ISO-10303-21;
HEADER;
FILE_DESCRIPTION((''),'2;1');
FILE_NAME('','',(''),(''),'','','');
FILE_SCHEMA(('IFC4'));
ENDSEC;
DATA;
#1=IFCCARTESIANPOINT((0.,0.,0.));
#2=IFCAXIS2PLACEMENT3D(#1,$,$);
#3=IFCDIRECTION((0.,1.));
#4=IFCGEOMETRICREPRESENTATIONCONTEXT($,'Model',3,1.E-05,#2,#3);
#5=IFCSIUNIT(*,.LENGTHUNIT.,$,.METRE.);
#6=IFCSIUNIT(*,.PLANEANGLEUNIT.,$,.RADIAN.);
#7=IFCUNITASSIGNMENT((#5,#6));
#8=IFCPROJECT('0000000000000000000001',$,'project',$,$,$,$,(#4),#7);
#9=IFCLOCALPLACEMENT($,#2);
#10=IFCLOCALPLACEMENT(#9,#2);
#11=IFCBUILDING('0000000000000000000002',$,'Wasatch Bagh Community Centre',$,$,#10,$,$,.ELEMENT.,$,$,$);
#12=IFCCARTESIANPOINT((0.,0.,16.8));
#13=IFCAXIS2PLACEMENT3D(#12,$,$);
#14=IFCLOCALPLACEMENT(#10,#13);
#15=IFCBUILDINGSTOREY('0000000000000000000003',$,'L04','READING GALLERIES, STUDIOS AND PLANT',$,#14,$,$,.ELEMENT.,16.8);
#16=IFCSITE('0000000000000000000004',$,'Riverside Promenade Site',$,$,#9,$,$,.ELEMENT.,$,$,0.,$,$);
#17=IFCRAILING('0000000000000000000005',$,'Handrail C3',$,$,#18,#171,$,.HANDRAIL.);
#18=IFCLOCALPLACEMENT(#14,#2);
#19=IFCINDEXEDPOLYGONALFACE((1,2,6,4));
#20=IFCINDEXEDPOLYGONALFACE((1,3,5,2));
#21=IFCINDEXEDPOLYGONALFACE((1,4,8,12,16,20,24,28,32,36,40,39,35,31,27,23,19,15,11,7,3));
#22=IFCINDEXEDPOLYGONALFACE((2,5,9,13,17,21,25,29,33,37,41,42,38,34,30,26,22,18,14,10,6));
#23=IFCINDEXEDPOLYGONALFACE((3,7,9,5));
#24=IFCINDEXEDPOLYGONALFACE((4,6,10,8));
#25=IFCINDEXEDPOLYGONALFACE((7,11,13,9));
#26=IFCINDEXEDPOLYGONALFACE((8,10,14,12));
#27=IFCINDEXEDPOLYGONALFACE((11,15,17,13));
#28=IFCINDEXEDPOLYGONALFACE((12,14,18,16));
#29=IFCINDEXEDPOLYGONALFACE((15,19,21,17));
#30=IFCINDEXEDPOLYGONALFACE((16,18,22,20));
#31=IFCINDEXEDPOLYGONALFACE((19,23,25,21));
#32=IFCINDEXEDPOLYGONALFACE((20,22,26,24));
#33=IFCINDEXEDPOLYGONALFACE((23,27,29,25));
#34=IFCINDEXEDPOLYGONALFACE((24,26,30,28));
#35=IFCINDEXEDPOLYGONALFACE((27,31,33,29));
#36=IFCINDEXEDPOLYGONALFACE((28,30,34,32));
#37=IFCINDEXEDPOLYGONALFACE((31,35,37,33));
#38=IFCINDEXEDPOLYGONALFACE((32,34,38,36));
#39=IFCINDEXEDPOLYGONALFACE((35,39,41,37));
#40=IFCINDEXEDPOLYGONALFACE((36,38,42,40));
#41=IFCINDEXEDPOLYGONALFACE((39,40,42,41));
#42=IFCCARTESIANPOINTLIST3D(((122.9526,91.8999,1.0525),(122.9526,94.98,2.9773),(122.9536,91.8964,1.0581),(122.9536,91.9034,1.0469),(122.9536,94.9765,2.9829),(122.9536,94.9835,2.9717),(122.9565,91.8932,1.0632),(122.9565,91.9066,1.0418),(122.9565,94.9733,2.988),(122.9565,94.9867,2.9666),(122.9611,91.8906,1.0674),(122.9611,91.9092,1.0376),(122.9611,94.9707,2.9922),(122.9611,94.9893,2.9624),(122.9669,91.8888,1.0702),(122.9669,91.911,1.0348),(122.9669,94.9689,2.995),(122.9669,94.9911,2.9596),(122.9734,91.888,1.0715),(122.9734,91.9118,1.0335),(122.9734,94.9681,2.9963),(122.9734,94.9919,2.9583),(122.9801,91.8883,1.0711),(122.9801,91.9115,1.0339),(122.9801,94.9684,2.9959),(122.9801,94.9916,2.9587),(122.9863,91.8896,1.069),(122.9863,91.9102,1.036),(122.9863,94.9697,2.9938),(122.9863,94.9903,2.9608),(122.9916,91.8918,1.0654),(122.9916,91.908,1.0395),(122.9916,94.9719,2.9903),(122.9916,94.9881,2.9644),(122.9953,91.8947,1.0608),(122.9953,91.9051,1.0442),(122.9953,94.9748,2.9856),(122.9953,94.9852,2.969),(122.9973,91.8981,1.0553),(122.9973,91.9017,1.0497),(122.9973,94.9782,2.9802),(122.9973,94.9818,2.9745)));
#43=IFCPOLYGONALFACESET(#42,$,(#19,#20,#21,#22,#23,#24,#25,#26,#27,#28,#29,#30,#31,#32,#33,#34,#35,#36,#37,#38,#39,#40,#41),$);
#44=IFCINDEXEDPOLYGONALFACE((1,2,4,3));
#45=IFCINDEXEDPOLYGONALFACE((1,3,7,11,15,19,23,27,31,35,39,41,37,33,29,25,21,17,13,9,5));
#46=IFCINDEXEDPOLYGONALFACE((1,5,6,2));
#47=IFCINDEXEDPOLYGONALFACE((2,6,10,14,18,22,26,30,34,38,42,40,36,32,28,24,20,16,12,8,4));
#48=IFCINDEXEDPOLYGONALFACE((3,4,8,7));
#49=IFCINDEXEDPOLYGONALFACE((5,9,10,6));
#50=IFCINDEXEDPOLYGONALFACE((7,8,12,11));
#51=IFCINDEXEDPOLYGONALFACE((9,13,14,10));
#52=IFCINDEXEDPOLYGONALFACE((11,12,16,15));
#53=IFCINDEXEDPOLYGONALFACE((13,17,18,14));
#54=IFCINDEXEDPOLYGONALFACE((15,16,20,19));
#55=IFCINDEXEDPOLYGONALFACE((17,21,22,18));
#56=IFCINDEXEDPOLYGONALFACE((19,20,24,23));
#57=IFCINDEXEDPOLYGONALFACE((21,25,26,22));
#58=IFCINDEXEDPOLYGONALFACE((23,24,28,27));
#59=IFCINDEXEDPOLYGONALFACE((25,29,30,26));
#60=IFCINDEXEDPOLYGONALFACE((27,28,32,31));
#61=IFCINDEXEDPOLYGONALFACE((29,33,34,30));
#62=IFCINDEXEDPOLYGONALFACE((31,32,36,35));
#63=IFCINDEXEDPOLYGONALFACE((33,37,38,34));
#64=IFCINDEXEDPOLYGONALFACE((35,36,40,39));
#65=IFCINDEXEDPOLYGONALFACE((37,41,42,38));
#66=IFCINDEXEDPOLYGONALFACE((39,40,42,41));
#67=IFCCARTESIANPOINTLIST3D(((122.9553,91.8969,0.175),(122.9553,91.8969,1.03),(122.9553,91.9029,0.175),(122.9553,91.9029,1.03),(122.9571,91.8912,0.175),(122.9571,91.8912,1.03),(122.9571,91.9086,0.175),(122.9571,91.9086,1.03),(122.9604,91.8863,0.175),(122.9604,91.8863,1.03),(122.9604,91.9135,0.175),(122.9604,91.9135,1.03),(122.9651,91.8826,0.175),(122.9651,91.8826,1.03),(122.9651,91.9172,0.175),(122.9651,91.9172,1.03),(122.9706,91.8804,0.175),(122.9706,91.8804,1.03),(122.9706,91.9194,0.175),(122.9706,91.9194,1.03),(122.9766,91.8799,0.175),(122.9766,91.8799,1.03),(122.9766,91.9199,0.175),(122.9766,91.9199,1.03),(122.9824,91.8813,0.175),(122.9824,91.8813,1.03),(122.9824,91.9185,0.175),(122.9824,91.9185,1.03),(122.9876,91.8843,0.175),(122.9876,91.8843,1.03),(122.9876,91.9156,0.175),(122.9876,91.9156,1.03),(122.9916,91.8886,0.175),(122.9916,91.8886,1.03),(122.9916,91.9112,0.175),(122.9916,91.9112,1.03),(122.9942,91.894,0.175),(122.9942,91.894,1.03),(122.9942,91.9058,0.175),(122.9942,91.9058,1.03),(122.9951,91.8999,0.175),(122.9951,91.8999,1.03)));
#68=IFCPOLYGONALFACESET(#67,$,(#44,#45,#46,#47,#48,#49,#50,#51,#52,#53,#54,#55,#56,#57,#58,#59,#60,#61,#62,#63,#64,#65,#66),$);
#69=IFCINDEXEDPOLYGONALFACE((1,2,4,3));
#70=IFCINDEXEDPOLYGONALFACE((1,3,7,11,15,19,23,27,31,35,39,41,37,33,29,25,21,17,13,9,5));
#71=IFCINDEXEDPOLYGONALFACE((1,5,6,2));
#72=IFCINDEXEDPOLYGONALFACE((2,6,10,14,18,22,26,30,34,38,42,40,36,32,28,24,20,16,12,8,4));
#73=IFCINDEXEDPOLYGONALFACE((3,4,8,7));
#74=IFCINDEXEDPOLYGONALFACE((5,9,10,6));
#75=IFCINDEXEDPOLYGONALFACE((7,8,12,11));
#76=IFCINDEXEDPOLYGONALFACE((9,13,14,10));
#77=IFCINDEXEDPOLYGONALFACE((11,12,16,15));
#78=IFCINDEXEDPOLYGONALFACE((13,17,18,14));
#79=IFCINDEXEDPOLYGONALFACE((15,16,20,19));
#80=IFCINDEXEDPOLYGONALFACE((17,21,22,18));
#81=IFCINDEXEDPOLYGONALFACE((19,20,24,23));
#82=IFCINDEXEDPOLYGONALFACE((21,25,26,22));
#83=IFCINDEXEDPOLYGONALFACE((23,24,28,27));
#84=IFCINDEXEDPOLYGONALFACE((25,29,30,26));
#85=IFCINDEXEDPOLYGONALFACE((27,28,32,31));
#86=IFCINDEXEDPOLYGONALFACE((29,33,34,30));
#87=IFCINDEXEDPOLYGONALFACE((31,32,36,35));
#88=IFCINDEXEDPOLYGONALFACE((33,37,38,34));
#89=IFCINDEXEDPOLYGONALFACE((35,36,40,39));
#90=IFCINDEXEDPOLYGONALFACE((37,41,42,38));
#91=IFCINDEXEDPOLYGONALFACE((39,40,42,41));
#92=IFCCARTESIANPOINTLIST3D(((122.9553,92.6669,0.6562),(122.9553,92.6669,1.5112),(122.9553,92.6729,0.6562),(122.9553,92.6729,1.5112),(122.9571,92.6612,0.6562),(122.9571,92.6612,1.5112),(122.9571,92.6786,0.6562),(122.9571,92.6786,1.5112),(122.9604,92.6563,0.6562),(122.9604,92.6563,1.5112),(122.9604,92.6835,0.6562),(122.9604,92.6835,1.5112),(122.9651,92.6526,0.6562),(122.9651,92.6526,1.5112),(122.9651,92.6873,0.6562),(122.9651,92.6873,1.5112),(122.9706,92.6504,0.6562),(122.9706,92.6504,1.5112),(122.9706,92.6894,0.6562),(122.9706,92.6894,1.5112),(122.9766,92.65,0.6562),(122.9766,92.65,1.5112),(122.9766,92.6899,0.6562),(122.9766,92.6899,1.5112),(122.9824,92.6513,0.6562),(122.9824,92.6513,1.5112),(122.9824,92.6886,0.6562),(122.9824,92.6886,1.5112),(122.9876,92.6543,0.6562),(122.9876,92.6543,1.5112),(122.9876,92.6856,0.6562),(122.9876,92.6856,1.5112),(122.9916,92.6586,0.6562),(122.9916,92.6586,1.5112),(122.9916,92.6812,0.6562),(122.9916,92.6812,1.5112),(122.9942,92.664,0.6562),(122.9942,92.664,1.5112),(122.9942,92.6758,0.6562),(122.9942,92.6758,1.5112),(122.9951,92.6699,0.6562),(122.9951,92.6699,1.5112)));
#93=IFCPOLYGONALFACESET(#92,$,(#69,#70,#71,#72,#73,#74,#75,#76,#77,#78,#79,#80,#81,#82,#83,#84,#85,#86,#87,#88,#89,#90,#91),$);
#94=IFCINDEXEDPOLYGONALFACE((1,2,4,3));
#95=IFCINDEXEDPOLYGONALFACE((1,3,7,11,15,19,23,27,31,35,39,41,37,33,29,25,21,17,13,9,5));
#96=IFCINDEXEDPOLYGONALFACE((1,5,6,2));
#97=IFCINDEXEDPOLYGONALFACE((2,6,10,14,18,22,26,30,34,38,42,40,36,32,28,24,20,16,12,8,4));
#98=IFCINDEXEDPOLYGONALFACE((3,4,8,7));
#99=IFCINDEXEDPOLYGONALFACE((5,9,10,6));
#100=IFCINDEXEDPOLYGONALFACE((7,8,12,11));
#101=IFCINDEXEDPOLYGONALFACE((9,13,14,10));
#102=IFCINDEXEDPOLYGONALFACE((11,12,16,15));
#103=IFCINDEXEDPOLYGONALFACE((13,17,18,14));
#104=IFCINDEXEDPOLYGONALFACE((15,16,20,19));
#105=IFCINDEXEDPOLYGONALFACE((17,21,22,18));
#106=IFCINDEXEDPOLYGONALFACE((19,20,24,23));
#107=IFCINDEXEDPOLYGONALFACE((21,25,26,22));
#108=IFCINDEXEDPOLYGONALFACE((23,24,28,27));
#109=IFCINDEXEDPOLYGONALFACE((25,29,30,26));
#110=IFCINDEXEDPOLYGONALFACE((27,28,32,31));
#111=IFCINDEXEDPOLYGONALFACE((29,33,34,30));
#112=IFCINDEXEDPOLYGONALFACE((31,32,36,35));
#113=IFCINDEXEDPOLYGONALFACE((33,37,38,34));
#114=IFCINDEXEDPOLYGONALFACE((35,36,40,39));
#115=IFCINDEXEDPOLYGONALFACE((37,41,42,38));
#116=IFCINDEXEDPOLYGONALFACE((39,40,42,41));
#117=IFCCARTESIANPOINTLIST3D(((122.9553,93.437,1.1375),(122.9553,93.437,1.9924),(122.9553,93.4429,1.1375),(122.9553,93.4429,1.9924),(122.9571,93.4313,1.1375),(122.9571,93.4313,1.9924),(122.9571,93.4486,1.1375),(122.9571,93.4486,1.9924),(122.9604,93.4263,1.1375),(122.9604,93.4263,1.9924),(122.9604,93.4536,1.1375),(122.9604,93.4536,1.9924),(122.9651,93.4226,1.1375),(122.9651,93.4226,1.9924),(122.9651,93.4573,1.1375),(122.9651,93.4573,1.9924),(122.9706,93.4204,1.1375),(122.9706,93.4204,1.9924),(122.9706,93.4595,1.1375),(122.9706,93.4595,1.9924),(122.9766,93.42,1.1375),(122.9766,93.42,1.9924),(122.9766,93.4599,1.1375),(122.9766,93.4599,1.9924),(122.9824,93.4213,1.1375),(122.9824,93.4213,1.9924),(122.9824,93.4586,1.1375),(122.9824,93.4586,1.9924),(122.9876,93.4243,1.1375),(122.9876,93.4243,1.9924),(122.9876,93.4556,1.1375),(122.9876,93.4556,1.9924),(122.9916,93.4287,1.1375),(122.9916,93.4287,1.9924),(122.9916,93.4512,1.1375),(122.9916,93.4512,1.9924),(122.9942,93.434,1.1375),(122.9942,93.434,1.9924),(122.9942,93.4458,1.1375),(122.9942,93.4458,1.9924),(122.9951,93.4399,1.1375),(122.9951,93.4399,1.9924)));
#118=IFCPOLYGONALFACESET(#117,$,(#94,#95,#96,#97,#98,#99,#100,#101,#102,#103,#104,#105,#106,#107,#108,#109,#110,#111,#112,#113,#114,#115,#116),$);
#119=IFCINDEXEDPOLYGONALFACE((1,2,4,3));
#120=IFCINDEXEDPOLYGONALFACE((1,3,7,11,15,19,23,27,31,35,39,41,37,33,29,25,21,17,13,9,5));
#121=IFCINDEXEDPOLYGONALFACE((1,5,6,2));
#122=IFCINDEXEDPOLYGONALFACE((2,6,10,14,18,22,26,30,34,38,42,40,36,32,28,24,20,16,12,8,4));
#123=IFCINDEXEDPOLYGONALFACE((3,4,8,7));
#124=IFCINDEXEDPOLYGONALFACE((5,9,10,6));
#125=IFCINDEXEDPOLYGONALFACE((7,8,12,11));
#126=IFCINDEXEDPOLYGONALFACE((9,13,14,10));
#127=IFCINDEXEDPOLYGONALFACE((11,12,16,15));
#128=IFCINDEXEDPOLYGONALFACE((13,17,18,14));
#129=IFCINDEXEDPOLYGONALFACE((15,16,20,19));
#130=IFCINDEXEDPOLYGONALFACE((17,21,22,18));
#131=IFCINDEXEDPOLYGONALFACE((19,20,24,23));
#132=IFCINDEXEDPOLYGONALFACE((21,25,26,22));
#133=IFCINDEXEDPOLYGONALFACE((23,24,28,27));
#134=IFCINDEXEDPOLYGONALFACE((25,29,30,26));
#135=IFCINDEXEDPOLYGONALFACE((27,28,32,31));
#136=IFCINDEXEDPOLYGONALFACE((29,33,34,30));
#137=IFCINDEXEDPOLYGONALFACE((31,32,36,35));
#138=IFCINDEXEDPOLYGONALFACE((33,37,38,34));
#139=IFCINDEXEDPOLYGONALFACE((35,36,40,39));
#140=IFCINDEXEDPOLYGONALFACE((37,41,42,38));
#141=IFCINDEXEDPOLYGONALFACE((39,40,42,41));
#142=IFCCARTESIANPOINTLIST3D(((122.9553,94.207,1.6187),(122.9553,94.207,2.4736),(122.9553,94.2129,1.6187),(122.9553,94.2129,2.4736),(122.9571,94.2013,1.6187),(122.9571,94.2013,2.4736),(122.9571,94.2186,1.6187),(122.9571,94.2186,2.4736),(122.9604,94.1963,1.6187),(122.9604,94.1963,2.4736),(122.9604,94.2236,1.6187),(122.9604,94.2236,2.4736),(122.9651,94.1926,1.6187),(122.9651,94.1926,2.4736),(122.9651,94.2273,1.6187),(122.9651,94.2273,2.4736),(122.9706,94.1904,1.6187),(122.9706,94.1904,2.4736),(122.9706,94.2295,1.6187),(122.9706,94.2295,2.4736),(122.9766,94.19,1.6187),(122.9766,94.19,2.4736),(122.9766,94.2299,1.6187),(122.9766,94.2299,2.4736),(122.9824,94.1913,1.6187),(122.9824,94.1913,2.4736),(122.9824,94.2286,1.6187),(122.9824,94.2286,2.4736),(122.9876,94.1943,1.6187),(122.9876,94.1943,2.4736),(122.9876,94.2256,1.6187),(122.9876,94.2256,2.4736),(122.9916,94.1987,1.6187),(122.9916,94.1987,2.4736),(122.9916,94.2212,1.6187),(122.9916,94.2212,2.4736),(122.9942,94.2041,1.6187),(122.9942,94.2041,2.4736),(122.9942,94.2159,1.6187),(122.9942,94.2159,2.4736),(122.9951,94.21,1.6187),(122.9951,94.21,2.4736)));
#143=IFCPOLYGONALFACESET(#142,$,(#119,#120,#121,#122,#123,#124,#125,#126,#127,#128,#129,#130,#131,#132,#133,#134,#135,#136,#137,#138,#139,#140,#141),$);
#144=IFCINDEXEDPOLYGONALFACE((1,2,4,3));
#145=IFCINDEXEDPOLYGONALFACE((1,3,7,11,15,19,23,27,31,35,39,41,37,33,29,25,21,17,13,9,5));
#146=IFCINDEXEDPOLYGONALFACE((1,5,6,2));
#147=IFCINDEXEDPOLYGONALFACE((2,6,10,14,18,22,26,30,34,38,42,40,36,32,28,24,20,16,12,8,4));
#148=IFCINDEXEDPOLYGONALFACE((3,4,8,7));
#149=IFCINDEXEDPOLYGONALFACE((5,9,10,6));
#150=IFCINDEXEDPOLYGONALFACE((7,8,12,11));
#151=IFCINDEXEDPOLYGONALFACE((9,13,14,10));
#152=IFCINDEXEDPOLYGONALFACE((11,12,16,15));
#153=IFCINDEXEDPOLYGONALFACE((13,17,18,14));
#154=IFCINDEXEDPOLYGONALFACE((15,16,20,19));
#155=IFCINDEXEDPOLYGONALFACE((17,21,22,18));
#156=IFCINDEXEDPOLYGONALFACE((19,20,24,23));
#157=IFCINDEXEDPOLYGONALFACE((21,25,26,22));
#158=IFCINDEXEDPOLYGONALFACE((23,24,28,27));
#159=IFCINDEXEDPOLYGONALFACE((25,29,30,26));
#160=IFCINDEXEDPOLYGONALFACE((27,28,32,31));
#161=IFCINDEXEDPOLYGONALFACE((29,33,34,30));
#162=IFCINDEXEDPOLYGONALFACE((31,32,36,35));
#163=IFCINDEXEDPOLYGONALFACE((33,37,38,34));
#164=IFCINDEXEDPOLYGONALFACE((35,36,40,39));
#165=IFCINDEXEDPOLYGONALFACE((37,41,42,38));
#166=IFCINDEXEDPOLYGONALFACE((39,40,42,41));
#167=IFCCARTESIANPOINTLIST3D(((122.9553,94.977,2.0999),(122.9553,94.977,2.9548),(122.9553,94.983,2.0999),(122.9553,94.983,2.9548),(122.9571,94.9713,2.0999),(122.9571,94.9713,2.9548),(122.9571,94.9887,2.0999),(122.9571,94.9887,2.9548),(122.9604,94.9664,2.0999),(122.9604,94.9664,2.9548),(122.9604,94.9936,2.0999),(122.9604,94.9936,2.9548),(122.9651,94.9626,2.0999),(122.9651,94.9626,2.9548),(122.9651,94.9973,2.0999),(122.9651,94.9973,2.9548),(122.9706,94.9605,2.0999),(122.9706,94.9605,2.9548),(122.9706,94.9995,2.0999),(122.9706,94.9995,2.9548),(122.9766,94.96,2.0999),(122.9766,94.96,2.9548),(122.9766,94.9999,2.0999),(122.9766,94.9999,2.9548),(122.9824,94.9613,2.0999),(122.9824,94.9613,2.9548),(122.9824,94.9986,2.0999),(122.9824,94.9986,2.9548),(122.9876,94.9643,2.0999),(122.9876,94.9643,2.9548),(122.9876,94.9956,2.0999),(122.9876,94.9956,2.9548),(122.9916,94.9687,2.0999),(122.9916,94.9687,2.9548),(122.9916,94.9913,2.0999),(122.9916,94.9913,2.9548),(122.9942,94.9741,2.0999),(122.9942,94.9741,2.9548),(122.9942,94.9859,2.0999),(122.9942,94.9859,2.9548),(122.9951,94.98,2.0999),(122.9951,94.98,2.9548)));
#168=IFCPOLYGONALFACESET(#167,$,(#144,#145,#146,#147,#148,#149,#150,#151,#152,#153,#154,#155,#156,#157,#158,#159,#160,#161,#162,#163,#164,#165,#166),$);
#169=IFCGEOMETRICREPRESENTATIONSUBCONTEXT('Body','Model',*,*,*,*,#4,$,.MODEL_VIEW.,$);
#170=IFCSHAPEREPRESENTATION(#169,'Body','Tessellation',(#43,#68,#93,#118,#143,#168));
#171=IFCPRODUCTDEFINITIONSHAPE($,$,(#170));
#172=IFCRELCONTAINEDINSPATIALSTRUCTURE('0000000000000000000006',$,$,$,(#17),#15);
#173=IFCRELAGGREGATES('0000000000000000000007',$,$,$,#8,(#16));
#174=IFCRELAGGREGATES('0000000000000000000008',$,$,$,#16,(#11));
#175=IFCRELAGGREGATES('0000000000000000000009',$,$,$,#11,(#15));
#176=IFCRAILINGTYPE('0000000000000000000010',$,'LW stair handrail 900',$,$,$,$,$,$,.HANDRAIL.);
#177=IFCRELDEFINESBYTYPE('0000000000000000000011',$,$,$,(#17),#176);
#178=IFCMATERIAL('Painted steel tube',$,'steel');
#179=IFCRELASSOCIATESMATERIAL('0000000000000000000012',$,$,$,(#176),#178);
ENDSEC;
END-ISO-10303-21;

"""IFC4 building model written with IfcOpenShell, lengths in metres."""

from ifc_helpers import new_model, si_unit, direction, frame, origin, origin_2d, place, context, subcontext, project, spatial, circle, extrude, material, type_object, element, save


model = new_model("IFC4")

# Units and contexts
model_context = context("Model", 3, precision=1e-05, world=origin(), true_north=direction((0.0, 1.0)))
body_context = subcontext(model_context, "Body", "Model", "MODEL_VIEW")
ifc_project = project(units=[si_unit("LENGTHUNIT", "METRE"), si_unit("PLANEANGLEUNIT", "RADIAN")], contexts=[model_context])

# Site, building, storey
site_placement = place(None, origin())
site = spatial("IfcSite", under=ifc_project, at=site_placement, Name="Riverside Promenade Site", CompositionType="ELEMENT", RefElevation=0.0)
building_placement = place(site_placement, origin())
building = spatial("IfcBuilding", under=site, at=building_placement, Name="Wasatch Bagh Community Centre", CompositionType="ELEMENT")
storey_placement = place(building_placement, frame((0.0, 0.0, 16.8)))
storey = spatial("IfcBuildingStorey", under=building, at=storey_placement, Name="L04", Description="READING GALLERIES, STUDIOS AND PLANT", CompositionType="ELEMENT", Elevation=16.8)

# Railing
ifc_material_1 = material(Name="Painted steel tube", Category="steel")
railing_type_1 = type_object("IfcRailingType", Name="LW stair handrail 900", PredefinedType="HANDRAIL", material=ifc_material_1)
for number, where, name in (
    (1, (122.9751, 91.8999, 0.175), "Handrail C3"),
):
    element("IfcRailing", number, at=place(storey_placement, frame(where)), inside=storey, type_object=railing_type_1, Name=name, PredefinedType="HANDRAIL", context=body_context, shape_type="SweptSolid", body=[
        extrude(circle(Radius=0.0225, at=origin_2d()), frame((0.0, 0.0, 0.8774), z_axis=(0.0, 0.848029, 0.529951), x_axis=(-1.0, 0.0, 0.0)), (0.0, 0.0, 1.0), 3.6321),
        extrude(circle(Radius=0.02, at=origin_2d()), origin(), (0.0, 0.0, 1.0), 0.855),
        extrude(circle(Radius=0.02, at=origin_2d()), frame((0.0, 0.77, 0.4812)), (0.0, 0.0, 1.0), 0.855),
        extrude(circle(Radius=0.02, at=origin_2d()), frame((0.0, 1.54, 0.9624)), (0.0, 0.0, 1.0), 0.855),
        extrude(circle(Radius=0.02, at=origin_2d()), frame((0.0, 2.3101, 1.4436)), (0.0, 0.0, 1.0), 0.855),
        extrude(circle(Radius=0.02, at=origin_2d()), frame((0.0, 3.0801, 1.9248)), (0.0, 0.0, 1.0), 0.855),
    ])

save(model, "model.ifc")
